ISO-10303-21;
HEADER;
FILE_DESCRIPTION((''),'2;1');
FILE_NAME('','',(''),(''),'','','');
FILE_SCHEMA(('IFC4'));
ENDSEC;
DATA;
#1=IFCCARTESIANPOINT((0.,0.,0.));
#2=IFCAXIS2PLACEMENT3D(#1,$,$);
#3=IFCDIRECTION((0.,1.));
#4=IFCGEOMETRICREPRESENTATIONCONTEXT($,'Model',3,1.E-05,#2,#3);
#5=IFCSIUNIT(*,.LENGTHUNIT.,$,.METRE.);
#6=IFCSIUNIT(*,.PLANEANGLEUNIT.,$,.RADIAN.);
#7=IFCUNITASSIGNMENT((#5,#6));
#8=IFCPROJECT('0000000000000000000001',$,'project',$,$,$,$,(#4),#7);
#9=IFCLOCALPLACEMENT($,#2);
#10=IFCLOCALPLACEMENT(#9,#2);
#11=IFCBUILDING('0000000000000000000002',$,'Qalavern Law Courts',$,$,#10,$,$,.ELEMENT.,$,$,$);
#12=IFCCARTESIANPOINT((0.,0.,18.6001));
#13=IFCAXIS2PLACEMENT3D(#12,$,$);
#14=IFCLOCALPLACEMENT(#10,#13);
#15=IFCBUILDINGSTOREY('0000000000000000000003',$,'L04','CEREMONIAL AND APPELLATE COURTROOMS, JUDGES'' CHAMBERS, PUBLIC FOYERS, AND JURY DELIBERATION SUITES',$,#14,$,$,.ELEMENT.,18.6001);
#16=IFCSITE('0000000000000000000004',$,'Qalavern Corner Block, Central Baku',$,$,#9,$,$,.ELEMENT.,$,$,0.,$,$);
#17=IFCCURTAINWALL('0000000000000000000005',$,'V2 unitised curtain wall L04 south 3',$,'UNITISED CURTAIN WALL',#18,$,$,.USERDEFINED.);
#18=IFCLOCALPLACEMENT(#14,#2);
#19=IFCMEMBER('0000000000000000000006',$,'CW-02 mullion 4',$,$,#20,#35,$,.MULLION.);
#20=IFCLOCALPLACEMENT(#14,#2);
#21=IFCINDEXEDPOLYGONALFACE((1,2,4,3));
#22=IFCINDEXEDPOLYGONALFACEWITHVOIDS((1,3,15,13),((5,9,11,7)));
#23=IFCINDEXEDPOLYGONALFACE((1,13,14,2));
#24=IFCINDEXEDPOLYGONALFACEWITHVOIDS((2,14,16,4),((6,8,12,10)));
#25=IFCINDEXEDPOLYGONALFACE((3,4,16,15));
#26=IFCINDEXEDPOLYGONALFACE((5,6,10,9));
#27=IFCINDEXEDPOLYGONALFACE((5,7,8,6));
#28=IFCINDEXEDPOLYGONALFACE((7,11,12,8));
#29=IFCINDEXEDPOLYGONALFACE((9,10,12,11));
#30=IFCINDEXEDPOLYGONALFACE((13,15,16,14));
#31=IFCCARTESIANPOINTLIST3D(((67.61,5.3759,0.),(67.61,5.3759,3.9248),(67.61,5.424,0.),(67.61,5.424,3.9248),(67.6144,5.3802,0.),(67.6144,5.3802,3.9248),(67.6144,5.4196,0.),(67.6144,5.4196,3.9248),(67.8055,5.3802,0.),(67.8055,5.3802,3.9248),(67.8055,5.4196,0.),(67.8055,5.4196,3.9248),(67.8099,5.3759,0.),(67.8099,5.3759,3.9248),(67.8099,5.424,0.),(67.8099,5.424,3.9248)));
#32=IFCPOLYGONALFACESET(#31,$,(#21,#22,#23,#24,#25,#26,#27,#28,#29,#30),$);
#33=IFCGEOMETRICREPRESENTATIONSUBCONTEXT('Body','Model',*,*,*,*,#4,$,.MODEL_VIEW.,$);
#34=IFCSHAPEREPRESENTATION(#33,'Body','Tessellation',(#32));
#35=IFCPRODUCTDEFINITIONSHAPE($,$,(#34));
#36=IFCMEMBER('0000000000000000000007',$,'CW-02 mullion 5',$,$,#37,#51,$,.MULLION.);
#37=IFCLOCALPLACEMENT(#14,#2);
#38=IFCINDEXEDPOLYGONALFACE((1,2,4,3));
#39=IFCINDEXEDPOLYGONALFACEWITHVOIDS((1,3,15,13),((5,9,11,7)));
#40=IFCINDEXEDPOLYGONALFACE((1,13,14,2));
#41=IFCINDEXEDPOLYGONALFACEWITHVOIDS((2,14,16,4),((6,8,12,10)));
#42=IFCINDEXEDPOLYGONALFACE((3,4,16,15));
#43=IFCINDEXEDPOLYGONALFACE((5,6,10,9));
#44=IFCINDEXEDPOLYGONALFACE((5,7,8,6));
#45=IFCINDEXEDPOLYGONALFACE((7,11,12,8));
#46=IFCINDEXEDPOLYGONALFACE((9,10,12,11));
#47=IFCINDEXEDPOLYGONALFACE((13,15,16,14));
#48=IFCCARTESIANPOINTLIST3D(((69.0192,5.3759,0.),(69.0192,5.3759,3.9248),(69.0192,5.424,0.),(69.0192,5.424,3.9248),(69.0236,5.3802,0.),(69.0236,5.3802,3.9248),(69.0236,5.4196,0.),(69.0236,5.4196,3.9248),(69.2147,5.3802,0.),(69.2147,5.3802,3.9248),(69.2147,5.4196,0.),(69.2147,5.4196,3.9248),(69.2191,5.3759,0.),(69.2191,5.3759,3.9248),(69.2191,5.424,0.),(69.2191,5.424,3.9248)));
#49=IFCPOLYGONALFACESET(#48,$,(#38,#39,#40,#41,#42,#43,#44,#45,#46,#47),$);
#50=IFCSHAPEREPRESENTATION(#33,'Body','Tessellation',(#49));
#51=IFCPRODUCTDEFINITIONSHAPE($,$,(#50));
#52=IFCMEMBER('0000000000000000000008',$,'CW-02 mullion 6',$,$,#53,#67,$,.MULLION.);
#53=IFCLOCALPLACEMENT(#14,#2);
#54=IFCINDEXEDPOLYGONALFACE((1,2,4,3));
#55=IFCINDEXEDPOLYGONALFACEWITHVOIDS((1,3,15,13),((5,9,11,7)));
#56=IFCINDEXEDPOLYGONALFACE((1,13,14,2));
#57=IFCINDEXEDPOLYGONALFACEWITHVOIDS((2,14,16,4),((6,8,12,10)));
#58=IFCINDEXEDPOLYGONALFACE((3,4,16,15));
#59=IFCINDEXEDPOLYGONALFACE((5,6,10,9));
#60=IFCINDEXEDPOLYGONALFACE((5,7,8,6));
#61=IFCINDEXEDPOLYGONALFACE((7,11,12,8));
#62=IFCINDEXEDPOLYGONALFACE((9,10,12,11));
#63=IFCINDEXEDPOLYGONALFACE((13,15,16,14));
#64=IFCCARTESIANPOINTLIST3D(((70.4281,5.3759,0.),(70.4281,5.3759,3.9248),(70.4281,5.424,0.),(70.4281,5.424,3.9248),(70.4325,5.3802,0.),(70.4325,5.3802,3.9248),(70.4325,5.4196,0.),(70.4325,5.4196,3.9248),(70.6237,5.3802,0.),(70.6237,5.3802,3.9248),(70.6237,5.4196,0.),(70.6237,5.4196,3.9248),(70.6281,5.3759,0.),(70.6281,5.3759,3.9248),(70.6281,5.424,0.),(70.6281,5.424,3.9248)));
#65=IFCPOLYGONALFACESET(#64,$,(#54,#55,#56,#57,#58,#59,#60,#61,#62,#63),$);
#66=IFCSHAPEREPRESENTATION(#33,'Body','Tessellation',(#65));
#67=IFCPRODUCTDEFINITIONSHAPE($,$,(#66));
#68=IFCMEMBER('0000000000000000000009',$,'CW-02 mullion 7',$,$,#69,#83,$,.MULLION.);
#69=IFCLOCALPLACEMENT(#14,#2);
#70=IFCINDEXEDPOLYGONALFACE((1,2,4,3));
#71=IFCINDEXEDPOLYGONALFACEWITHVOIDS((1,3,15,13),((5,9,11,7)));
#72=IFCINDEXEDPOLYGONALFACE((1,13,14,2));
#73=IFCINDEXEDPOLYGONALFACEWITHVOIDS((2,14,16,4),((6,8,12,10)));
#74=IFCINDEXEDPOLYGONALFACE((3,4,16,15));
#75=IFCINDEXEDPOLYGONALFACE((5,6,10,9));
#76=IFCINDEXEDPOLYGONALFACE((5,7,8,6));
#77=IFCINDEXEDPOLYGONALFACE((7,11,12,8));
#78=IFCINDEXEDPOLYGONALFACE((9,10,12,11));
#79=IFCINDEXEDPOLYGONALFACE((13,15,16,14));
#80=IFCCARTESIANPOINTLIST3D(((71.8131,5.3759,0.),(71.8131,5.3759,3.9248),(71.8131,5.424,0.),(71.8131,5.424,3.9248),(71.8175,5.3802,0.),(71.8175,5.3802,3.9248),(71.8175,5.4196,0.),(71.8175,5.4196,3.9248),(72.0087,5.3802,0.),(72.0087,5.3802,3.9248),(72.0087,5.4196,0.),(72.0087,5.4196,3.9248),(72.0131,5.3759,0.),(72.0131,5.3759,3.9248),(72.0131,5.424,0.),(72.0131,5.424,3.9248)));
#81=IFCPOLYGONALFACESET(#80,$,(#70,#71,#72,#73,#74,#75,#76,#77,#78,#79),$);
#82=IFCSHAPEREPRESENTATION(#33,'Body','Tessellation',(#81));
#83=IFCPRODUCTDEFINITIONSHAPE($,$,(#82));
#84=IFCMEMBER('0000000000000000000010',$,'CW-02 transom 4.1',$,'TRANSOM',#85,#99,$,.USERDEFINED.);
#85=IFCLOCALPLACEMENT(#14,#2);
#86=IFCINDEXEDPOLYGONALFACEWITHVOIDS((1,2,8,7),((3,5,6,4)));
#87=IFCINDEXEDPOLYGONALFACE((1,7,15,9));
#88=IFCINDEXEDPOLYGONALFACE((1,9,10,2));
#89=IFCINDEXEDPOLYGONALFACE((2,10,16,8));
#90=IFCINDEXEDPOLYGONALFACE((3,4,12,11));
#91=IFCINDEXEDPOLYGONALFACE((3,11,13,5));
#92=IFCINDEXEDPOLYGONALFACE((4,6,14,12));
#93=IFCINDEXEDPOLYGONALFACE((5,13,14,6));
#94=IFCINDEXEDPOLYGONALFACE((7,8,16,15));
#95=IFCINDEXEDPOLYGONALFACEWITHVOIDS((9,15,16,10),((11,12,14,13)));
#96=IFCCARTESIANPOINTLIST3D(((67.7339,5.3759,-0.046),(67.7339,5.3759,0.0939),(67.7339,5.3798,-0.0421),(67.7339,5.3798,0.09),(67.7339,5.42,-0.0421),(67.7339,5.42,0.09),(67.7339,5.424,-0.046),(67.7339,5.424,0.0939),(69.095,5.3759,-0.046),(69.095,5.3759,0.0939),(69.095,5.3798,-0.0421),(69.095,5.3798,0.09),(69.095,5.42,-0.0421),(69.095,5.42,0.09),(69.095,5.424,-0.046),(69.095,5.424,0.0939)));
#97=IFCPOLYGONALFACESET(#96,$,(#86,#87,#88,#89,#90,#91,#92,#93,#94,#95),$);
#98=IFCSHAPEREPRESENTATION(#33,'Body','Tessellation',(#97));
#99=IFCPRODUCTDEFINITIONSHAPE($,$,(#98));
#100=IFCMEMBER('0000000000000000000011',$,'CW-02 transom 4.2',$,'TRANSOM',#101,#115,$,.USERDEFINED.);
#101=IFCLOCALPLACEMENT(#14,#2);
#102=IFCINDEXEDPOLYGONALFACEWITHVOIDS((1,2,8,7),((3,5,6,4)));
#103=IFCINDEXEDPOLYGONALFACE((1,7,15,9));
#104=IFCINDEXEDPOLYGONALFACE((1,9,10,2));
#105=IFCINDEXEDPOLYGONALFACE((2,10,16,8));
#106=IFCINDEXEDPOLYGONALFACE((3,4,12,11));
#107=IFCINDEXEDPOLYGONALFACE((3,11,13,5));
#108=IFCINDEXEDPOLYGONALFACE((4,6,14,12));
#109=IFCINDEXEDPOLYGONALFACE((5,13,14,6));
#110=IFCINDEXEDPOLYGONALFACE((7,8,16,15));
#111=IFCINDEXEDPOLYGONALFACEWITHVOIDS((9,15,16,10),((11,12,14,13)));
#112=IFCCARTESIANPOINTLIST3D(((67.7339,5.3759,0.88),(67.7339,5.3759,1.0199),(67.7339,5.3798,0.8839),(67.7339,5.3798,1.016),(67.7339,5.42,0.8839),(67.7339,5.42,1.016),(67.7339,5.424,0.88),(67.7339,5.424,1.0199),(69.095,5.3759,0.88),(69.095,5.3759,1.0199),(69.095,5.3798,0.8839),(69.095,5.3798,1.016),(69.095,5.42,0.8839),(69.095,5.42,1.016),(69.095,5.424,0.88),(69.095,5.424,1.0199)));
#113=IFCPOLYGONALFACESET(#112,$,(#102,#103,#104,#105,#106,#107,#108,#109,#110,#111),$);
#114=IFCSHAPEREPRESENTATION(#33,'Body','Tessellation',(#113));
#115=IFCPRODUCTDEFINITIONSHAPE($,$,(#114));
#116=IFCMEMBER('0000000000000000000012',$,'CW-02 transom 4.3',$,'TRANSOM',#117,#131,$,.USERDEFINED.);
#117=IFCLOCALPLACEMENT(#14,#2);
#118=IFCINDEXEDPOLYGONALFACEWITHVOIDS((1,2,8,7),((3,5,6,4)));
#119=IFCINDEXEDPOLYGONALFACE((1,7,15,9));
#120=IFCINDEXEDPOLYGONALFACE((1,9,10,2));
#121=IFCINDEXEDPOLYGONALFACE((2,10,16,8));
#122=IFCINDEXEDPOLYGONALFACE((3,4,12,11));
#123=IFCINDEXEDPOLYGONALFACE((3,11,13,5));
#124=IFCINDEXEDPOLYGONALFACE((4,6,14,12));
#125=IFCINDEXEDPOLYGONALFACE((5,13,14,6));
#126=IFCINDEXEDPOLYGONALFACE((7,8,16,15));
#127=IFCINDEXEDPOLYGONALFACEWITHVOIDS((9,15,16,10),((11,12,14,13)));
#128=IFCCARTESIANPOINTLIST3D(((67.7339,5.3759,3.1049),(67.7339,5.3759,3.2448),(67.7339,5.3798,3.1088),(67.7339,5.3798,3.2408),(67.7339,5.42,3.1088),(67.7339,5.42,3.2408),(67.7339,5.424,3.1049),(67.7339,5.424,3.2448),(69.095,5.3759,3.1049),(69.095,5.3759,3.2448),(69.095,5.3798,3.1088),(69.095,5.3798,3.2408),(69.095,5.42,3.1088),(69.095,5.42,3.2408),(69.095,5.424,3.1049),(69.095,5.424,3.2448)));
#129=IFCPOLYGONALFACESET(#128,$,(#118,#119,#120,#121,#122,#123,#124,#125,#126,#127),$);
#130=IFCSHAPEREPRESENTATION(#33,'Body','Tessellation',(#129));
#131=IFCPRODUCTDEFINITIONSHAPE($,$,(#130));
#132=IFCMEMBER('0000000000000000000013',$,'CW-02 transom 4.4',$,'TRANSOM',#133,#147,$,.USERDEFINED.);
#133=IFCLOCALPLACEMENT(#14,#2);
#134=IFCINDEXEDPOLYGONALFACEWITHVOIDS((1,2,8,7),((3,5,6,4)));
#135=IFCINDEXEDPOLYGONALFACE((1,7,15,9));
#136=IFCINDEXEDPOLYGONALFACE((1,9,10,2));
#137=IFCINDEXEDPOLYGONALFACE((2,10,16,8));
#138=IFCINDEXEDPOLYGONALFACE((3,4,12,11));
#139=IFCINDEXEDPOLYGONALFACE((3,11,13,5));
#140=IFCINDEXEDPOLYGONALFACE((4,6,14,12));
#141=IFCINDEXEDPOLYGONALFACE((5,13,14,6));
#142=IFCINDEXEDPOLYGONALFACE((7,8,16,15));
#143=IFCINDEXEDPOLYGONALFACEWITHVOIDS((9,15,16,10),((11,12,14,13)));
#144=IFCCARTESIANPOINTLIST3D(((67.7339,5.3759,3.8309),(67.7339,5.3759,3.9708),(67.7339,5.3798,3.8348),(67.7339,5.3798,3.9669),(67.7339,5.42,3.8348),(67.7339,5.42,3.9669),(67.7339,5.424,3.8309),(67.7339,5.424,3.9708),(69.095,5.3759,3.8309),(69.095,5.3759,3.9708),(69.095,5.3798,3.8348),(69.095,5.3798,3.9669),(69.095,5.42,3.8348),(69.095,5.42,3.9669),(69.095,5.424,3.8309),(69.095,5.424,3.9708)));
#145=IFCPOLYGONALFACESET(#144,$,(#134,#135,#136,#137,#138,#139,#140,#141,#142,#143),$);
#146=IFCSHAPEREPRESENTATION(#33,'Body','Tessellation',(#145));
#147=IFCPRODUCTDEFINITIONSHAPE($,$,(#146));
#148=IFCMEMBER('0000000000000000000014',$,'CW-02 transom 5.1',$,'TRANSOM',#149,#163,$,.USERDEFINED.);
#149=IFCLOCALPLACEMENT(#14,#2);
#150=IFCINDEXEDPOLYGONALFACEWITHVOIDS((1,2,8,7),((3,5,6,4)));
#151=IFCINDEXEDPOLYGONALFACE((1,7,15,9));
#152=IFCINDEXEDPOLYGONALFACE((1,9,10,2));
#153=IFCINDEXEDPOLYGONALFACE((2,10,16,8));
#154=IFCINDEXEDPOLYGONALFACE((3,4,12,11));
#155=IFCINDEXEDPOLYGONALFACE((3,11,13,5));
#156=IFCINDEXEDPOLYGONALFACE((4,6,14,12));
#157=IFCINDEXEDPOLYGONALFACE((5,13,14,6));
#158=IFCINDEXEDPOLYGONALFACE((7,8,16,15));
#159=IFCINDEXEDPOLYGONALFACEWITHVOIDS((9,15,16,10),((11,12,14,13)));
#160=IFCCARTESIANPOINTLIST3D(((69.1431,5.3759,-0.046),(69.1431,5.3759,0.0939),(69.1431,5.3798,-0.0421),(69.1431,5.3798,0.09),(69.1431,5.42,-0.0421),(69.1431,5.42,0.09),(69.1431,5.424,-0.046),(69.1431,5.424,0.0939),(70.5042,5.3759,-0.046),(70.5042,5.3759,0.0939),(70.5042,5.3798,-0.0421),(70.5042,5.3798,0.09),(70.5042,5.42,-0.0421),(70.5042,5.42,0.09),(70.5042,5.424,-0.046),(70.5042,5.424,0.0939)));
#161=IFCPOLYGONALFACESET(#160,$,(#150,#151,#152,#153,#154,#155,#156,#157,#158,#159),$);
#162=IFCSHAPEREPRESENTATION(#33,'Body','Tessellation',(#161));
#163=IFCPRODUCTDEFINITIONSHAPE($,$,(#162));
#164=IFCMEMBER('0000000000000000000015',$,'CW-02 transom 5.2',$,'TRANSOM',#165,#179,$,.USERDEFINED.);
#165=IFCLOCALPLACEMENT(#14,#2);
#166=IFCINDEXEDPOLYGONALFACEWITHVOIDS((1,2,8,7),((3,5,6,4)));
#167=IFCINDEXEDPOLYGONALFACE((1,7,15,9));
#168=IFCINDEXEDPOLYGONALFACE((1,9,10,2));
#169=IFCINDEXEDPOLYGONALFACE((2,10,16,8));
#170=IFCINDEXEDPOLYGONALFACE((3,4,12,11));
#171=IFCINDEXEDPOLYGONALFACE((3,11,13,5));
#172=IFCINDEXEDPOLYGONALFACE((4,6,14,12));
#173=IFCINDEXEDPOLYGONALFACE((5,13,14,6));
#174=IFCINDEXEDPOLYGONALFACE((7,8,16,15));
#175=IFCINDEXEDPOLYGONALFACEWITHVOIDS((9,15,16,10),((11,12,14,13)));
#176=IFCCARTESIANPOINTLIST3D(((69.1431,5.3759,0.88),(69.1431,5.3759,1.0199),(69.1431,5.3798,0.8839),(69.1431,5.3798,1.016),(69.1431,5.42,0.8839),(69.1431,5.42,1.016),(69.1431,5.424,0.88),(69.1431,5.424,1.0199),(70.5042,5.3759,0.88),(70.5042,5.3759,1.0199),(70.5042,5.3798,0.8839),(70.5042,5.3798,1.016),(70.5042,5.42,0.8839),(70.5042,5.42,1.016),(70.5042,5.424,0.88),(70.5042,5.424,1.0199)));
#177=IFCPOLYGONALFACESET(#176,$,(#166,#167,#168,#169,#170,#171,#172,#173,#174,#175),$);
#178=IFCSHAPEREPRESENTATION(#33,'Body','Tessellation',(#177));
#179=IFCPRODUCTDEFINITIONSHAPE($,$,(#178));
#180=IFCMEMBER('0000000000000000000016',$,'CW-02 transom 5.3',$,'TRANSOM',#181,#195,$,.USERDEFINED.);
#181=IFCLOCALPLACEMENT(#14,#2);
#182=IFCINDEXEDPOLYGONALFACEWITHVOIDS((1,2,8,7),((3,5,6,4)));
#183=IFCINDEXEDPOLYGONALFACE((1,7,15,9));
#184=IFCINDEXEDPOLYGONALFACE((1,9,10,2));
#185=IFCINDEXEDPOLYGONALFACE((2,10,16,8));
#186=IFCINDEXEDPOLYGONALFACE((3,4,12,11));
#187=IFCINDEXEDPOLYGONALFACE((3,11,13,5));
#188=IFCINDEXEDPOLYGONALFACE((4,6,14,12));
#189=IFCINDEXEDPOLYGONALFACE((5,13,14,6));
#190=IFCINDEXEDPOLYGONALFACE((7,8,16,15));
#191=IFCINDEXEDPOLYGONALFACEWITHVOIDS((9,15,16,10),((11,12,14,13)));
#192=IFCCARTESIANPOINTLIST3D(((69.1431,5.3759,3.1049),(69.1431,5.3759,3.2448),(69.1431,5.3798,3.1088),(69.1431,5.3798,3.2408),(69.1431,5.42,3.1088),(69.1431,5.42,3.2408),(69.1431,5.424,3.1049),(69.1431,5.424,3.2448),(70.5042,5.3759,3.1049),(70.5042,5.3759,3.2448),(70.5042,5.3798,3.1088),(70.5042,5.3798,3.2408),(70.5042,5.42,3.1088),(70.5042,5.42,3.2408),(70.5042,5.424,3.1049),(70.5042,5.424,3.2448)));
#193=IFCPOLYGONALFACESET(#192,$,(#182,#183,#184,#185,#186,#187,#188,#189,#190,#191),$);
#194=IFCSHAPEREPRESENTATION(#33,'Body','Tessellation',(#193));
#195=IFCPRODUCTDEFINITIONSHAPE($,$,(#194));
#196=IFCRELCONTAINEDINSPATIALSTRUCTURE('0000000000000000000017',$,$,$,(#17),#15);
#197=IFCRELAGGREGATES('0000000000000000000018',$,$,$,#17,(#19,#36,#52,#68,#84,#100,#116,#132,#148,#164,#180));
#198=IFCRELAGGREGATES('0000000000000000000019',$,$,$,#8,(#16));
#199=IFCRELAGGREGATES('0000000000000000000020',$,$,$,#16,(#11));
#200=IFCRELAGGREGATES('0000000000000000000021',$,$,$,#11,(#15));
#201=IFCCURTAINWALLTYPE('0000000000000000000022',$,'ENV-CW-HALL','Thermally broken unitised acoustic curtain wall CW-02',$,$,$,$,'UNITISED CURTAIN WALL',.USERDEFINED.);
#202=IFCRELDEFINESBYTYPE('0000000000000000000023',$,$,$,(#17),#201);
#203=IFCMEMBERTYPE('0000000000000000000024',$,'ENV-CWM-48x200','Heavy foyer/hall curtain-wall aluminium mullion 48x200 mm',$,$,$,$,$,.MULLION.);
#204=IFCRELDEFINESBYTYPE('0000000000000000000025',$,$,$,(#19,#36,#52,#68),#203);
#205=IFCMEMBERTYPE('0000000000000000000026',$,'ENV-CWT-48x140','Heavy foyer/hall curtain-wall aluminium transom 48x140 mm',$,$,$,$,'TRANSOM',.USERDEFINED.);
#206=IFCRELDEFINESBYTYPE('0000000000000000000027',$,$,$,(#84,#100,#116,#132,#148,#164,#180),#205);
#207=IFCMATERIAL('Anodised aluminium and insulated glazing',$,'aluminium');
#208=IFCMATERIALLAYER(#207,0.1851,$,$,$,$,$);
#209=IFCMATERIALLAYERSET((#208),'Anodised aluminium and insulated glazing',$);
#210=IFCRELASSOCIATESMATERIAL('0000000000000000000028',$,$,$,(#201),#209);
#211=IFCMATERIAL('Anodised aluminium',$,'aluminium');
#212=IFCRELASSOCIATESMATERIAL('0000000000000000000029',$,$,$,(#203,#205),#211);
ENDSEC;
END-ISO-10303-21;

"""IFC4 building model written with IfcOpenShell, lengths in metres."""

from ifc_helpers import new_model, si_unit, direction, frame, origin, origin_2d, place, context, subcontext, project, spatial, hollow_rectangle, extrude, material, layer, layer_set, material_profile, profile_set, type_object, element, aggregate, save


model = new_model("IFC4")

# Units and contexts
model_context = context("Model", 3, precision=1e-05, world=origin(), true_north=direction((0.0, 1.0)))
body_context = subcontext(model_context, "Body", "Model", "MODEL_VIEW")
ifc_project = project(units=[si_unit("LENGTHUNIT", "METRE"), si_unit("PLANEANGLEUNIT", "RADIAN")], contexts=[model_context])

# Site, building, storey
site_placement = place(None, origin())
site = spatial("IfcSite", under=ifc_project, at=site_placement, Name="Qalavern Corner Block, Central Baku", CompositionType="ELEMENT", RefElevation=0.0)
building_placement = place(site_placement, origin())
building = spatial("IfcBuilding", under=site, at=building_placement, Name="Qalavern Law Courts", CompositionType="ELEMENT")
storey_placement = place(building_placement, frame((0.0, 0.0, 18.6001)))
storey = spatial("IfcBuildingStorey", under=building, at=storey_placement, Name="L04", Description="CEREMONIAL AND APPELLATE COURTROOMS, JUDGES' CHAMBERS, PUBLIC FOYERS, AND JURY DELIBERATION SUITES", CompositionType="ELEMENT", Elevation=18.6001)

# Curtain wall, members
ifc_material_1 = material(Name="Anodised aluminium and insulated glazing", Category="aluminium")
ifc_layer_1 = layer(ifc_material_1, 0.1851)
ifc_layer_set_1 = layer_set([ifc_layer_1], Name="Anodised aluminium and insulated glazing")
curtain_wall_type = type_object("IfcCurtainWallType", Name="ENV-CW-HALL", Description="Thermally broken unitised acoustic curtain wall CW-02", ElementType="UNITISED CURTAIN WALL", PredefinedType="USERDEFINED", material=ifc_layer_set_1)
curtain_wall_placement = place(storey_placement, origin())
curtain_wall = element("IfcCurtainWall", 1, at=curtain_wall_placement, inside=storey, type_object=curtain_wall_type, Name="V2 unitised curtain wall L04 south 3", ObjectType="UNITISED CURTAIN WALL", PredefinedType="USERDEFINED")
ifc_material_2 = material(Name="Anodised aluminium", Category="aluminium")
ifc_material_profile_1 = material_profile(ifc_material_2, hollow_rectangle(XDim=0.0481, YDim=0.2, WallThickness=0.0044, at=origin_2d()), Name="ALU MULLION 48x200")
ifc_profile_set_1 = profile_set([ifc_material_profile_1], Name="Anodised aluminium")
member_type_1 = type_object("IfcMemberType", Name="ENV-CWM-48x200", Description="Heavy foyer/hall curtain-wall aluminium mullion 48x200 mm", PredefinedType="MULLION", material=ifc_profile_set_1)
member_1_placement = place(storey_placement, frame((67.71, 5.3999, 0.0), z_axis=(0.0, 0.0, 1.0), x_axis=(0.0, 1.0, 0.0)))
member_1 = element("IfcMember", 2, at=member_1_placement, type_object=member_type_1, Name="CW-02 mullion 4", PredefinedType="MULLION", context=body_context, shape_type="SweptSolid", body=[
    extrude(hollow_rectangle(XDim=0.0481, YDim=0.2, WallThickness=0.0044, at=origin_2d()), origin(), (0.0, 0.0, 1.0), 3.9248),
])
member_2_placement = place(storey_placement, frame((69.1191, 5.3999, 0.0), z_axis=(0.0, 0.0, 1.0), x_axis=(0.0, 1.0, 0.0)))
member_2 = element("IfcMember", 3, at=member_2_placement, type_object=member_type_1, Name="CW-02 mullion 5", PredefinedType="MULLION", context=body_context, shape_type="SweptSolid", body=[
    extrude(hollow_rectangle(XDim=0.0481, YDim=0.2, WallThickness=0.0044, at=origin_2d()), origin(), (0.0, 0.0, 1.0), 3.9248),
])
member_3_placement = place(storey_placement, frame((70.5281, 5.3999, 0.0), z_axis=(0.0, 0.0, 1.0), x_axis=(0.0, 1.0, 0.0)))
member_3 = element("IfcMember", 4, at=member_3_placement, type_object=member_type_1, Name="CW-02 mullion 6", PredefinedType="MULLION", context=body_context, shape_type="SweptSolid", body=[
    extrude(hollow_rectangle(XDim=0.0481, YDim=0.2, WallThickness=0.0044, at=origin_2d()), origin(), (0.0, 0.0, 1.0), 3.9248),
])
member_4_placement = place(storey_placement, frame((71.9131, 5.3999, 0.0), z_axis=(0.0, 0.0, 1.0), x_axis=(0.0, 1.0, 0.0)))
member_4 = element("IfcMember", 5, at=member_4_placement, type_object=member_type_1, Name="CW-02 mullion 7", PredefinedType="MULLION", context=body_context, shape_type="SweptSolid", body=[
    extrude(hollow_rectangle(XDim=0.0481, YDim=0.2, WallThickness=0.0044, at=origin_2d()), origin(), (0.0, 0.0, 1.0), 3.9248),
])
ifc_material_profile_2 = material_profile(ifc_material_2, hollow_rectangle(XDim=0.0481, YDim=0.1399, WallThickness=0.0039, at=origin_2d()), Name="ALU TRANSOM 48x140")
ifc_profile_set_2 = profile_set([ifc_material_profile_2], Name="Anodised aluminium")
member_type_2 = type_object("IfcMemberType", Name="ENV-CWT-48x140", Description="Heavy foyer/hall curtain-wall aluminium transom 48x140 mm", ElementType="TRANSOM", PredefinedType="USERDEFINED", material=ifc_profile_set_2)
member_5_placement = place(storey_placement, frame((67.7339, 5.3999, 0.0239), z_axis=(1.0, 0.0, 0.0), x_axis=(0.0, 1.0, 0.0)))
member_5 = element("IfcMember", 6, at=member_5_placement, type_object=member_type_2, Name="CW-02 transom 4.1", ObjectType="TRANSOM", PredefinedType="USERDEFINED", context=body_context, shape_type="SweptSolid", body=[
    extrude(hollow_rectangle(XDim=0.0481, YDim=0.1399, WallThickness=0.0039, at=origin_2d()), origin(), (0.0, 0.0, 1.0), 1.3611),
])
member_6_placement = place(storey_placement, frame((67.7339, 5.3999, 0.95), z_axis=(1.0, 0.0, 0.0), x_axis=(0.0, 1.0, 0.0)))
member_6 = element("IfcMember", 7, at=member_6_placement, type_object=member_type_2, Name="CW-02 transom 4.2", ObjectType="TRANSOM", PredefinedType="USERDEFINED", context=body_context, shape_type="SweptSolid", body=[
    extrude(hollow_rectangle(XDim=0.0481, YDim=0.1399, WallThickness=0.0039, at=origin_2d()), origin(), (0.0, 0.0, 1.0), 1.3611),
])
member_7_placement = place(storey_placement, frame((67.7339, 5.3999, 3.1748), z_axis=(1.0, 0.0, 0.0), x_axis=(0.0, 1.0, 0.0)))
member_7 = element("IfcMember", 8, at=member_7_placement, type_object=member_type_2, Name="CW-02 transom 4.3", ObjectType="TRANSOM", PredefinedType="USERDEFINED", context=body_context, shape_type="SweptSolid", body=[
    extrude(hollow_rectangle(XDim=0.0481, YDim=0.1399, WallThickness=0.0039, at=origin_2d()), origin(), (0.0, 0.0, 1.0), 1.3611),
])
member_8_placement = place(storey_placement, frame((67.7339, 5.3999, 3.9009), z_axis=(1.0, 0.0, 0.0), x_axis=(0.0, 1.0, 0.0)))
member_8 = element("IfcMember", 9, at=member_8_placement, type_object=member_type_2, Name="CW-02 transom 4.4", ObjectType="TRANSOM", PredefinedType="USERDEFINED", context=body_context, shape_type="SweptSolid", body=[
    extrude(hollow_rectangle(XDim=0.0481, YDim=0.1399, WallThickness=0.0039, at=origin_2d()), origin(), (0.0, 0.0, 1.0), 1.3611),
])
member_9_placement = place(storey_placement, frame((69.1431, 5.3999, 0.0239), z_axis=(1.0, 0.0, 0.0), x_axis=(0.0, 1.0, 0.0)))
member_9 = element("IfcMember", 10, at=member_9_placement, type_object=member_type_2, Name="CW-02 transom 5.1", ObjectType="TRANSOM", PredefinedType="USERDEFINED", context=body_context, shape_type="SweptSolid", body=[
    extrude(hollow_rectangle(XDim=0.0481, YDim=0.1399, WallThickness=0.0039, at=origin_2d()), origin(), (0.0, 0.0, 1.0), 1.3611),
])
member_10_placement = place(storey_placement, frame((69.1431, 5.3999, 0.95), z_axis=(1.0, 0.0, 0.0), x_axis=(0.0, 1.0, 0.0)))
member_10 = element("IfcMember", 11, at=member_10_placement, type_object=member_type_2, Name="CW-02 transom 5.2", ObjectType="TRANSOM", PredefinedType="USERDEFINED", context=body_context, shape_type="SweptSolid", body=[
    extrude(hollow_rectangle(XDim=0.0481, YDim=0.1399, WallThickness=0.0039, at=origin_2d()), origin(), (0.0, 0.0, 1.0), 1.3611),
])
member_11_placement = place(storey_placement, frame((69.1431, 5.3999, 3.1748), z_axis=(1.0, 0.0, 0.0), x_axis=(0.0, 1.0, 0.0)))
member_11 = element("IfcMember", 12, at=member_11_placement, type_object=member_type_2, Name="CW-02 transom 5.3", ObjectType="TRANSOM", PredefinedType="USERDEFINED", context=body_context, shape_type="SweptSolid", body=[
    extrude(hollow_rectangle(XDim=0.0481, YDim=0.1399, WallThickness=0.0039, at=origin_2d()), origin(), (0.0, 0.0, 1.0), 1.3611),
])
aggregate(curtain_wall, [member_1, member_2, member_3, member_4, member_5, member_6, member_7, member_8, member_9, member_10, member_11])

save(model, "model.ifc")
